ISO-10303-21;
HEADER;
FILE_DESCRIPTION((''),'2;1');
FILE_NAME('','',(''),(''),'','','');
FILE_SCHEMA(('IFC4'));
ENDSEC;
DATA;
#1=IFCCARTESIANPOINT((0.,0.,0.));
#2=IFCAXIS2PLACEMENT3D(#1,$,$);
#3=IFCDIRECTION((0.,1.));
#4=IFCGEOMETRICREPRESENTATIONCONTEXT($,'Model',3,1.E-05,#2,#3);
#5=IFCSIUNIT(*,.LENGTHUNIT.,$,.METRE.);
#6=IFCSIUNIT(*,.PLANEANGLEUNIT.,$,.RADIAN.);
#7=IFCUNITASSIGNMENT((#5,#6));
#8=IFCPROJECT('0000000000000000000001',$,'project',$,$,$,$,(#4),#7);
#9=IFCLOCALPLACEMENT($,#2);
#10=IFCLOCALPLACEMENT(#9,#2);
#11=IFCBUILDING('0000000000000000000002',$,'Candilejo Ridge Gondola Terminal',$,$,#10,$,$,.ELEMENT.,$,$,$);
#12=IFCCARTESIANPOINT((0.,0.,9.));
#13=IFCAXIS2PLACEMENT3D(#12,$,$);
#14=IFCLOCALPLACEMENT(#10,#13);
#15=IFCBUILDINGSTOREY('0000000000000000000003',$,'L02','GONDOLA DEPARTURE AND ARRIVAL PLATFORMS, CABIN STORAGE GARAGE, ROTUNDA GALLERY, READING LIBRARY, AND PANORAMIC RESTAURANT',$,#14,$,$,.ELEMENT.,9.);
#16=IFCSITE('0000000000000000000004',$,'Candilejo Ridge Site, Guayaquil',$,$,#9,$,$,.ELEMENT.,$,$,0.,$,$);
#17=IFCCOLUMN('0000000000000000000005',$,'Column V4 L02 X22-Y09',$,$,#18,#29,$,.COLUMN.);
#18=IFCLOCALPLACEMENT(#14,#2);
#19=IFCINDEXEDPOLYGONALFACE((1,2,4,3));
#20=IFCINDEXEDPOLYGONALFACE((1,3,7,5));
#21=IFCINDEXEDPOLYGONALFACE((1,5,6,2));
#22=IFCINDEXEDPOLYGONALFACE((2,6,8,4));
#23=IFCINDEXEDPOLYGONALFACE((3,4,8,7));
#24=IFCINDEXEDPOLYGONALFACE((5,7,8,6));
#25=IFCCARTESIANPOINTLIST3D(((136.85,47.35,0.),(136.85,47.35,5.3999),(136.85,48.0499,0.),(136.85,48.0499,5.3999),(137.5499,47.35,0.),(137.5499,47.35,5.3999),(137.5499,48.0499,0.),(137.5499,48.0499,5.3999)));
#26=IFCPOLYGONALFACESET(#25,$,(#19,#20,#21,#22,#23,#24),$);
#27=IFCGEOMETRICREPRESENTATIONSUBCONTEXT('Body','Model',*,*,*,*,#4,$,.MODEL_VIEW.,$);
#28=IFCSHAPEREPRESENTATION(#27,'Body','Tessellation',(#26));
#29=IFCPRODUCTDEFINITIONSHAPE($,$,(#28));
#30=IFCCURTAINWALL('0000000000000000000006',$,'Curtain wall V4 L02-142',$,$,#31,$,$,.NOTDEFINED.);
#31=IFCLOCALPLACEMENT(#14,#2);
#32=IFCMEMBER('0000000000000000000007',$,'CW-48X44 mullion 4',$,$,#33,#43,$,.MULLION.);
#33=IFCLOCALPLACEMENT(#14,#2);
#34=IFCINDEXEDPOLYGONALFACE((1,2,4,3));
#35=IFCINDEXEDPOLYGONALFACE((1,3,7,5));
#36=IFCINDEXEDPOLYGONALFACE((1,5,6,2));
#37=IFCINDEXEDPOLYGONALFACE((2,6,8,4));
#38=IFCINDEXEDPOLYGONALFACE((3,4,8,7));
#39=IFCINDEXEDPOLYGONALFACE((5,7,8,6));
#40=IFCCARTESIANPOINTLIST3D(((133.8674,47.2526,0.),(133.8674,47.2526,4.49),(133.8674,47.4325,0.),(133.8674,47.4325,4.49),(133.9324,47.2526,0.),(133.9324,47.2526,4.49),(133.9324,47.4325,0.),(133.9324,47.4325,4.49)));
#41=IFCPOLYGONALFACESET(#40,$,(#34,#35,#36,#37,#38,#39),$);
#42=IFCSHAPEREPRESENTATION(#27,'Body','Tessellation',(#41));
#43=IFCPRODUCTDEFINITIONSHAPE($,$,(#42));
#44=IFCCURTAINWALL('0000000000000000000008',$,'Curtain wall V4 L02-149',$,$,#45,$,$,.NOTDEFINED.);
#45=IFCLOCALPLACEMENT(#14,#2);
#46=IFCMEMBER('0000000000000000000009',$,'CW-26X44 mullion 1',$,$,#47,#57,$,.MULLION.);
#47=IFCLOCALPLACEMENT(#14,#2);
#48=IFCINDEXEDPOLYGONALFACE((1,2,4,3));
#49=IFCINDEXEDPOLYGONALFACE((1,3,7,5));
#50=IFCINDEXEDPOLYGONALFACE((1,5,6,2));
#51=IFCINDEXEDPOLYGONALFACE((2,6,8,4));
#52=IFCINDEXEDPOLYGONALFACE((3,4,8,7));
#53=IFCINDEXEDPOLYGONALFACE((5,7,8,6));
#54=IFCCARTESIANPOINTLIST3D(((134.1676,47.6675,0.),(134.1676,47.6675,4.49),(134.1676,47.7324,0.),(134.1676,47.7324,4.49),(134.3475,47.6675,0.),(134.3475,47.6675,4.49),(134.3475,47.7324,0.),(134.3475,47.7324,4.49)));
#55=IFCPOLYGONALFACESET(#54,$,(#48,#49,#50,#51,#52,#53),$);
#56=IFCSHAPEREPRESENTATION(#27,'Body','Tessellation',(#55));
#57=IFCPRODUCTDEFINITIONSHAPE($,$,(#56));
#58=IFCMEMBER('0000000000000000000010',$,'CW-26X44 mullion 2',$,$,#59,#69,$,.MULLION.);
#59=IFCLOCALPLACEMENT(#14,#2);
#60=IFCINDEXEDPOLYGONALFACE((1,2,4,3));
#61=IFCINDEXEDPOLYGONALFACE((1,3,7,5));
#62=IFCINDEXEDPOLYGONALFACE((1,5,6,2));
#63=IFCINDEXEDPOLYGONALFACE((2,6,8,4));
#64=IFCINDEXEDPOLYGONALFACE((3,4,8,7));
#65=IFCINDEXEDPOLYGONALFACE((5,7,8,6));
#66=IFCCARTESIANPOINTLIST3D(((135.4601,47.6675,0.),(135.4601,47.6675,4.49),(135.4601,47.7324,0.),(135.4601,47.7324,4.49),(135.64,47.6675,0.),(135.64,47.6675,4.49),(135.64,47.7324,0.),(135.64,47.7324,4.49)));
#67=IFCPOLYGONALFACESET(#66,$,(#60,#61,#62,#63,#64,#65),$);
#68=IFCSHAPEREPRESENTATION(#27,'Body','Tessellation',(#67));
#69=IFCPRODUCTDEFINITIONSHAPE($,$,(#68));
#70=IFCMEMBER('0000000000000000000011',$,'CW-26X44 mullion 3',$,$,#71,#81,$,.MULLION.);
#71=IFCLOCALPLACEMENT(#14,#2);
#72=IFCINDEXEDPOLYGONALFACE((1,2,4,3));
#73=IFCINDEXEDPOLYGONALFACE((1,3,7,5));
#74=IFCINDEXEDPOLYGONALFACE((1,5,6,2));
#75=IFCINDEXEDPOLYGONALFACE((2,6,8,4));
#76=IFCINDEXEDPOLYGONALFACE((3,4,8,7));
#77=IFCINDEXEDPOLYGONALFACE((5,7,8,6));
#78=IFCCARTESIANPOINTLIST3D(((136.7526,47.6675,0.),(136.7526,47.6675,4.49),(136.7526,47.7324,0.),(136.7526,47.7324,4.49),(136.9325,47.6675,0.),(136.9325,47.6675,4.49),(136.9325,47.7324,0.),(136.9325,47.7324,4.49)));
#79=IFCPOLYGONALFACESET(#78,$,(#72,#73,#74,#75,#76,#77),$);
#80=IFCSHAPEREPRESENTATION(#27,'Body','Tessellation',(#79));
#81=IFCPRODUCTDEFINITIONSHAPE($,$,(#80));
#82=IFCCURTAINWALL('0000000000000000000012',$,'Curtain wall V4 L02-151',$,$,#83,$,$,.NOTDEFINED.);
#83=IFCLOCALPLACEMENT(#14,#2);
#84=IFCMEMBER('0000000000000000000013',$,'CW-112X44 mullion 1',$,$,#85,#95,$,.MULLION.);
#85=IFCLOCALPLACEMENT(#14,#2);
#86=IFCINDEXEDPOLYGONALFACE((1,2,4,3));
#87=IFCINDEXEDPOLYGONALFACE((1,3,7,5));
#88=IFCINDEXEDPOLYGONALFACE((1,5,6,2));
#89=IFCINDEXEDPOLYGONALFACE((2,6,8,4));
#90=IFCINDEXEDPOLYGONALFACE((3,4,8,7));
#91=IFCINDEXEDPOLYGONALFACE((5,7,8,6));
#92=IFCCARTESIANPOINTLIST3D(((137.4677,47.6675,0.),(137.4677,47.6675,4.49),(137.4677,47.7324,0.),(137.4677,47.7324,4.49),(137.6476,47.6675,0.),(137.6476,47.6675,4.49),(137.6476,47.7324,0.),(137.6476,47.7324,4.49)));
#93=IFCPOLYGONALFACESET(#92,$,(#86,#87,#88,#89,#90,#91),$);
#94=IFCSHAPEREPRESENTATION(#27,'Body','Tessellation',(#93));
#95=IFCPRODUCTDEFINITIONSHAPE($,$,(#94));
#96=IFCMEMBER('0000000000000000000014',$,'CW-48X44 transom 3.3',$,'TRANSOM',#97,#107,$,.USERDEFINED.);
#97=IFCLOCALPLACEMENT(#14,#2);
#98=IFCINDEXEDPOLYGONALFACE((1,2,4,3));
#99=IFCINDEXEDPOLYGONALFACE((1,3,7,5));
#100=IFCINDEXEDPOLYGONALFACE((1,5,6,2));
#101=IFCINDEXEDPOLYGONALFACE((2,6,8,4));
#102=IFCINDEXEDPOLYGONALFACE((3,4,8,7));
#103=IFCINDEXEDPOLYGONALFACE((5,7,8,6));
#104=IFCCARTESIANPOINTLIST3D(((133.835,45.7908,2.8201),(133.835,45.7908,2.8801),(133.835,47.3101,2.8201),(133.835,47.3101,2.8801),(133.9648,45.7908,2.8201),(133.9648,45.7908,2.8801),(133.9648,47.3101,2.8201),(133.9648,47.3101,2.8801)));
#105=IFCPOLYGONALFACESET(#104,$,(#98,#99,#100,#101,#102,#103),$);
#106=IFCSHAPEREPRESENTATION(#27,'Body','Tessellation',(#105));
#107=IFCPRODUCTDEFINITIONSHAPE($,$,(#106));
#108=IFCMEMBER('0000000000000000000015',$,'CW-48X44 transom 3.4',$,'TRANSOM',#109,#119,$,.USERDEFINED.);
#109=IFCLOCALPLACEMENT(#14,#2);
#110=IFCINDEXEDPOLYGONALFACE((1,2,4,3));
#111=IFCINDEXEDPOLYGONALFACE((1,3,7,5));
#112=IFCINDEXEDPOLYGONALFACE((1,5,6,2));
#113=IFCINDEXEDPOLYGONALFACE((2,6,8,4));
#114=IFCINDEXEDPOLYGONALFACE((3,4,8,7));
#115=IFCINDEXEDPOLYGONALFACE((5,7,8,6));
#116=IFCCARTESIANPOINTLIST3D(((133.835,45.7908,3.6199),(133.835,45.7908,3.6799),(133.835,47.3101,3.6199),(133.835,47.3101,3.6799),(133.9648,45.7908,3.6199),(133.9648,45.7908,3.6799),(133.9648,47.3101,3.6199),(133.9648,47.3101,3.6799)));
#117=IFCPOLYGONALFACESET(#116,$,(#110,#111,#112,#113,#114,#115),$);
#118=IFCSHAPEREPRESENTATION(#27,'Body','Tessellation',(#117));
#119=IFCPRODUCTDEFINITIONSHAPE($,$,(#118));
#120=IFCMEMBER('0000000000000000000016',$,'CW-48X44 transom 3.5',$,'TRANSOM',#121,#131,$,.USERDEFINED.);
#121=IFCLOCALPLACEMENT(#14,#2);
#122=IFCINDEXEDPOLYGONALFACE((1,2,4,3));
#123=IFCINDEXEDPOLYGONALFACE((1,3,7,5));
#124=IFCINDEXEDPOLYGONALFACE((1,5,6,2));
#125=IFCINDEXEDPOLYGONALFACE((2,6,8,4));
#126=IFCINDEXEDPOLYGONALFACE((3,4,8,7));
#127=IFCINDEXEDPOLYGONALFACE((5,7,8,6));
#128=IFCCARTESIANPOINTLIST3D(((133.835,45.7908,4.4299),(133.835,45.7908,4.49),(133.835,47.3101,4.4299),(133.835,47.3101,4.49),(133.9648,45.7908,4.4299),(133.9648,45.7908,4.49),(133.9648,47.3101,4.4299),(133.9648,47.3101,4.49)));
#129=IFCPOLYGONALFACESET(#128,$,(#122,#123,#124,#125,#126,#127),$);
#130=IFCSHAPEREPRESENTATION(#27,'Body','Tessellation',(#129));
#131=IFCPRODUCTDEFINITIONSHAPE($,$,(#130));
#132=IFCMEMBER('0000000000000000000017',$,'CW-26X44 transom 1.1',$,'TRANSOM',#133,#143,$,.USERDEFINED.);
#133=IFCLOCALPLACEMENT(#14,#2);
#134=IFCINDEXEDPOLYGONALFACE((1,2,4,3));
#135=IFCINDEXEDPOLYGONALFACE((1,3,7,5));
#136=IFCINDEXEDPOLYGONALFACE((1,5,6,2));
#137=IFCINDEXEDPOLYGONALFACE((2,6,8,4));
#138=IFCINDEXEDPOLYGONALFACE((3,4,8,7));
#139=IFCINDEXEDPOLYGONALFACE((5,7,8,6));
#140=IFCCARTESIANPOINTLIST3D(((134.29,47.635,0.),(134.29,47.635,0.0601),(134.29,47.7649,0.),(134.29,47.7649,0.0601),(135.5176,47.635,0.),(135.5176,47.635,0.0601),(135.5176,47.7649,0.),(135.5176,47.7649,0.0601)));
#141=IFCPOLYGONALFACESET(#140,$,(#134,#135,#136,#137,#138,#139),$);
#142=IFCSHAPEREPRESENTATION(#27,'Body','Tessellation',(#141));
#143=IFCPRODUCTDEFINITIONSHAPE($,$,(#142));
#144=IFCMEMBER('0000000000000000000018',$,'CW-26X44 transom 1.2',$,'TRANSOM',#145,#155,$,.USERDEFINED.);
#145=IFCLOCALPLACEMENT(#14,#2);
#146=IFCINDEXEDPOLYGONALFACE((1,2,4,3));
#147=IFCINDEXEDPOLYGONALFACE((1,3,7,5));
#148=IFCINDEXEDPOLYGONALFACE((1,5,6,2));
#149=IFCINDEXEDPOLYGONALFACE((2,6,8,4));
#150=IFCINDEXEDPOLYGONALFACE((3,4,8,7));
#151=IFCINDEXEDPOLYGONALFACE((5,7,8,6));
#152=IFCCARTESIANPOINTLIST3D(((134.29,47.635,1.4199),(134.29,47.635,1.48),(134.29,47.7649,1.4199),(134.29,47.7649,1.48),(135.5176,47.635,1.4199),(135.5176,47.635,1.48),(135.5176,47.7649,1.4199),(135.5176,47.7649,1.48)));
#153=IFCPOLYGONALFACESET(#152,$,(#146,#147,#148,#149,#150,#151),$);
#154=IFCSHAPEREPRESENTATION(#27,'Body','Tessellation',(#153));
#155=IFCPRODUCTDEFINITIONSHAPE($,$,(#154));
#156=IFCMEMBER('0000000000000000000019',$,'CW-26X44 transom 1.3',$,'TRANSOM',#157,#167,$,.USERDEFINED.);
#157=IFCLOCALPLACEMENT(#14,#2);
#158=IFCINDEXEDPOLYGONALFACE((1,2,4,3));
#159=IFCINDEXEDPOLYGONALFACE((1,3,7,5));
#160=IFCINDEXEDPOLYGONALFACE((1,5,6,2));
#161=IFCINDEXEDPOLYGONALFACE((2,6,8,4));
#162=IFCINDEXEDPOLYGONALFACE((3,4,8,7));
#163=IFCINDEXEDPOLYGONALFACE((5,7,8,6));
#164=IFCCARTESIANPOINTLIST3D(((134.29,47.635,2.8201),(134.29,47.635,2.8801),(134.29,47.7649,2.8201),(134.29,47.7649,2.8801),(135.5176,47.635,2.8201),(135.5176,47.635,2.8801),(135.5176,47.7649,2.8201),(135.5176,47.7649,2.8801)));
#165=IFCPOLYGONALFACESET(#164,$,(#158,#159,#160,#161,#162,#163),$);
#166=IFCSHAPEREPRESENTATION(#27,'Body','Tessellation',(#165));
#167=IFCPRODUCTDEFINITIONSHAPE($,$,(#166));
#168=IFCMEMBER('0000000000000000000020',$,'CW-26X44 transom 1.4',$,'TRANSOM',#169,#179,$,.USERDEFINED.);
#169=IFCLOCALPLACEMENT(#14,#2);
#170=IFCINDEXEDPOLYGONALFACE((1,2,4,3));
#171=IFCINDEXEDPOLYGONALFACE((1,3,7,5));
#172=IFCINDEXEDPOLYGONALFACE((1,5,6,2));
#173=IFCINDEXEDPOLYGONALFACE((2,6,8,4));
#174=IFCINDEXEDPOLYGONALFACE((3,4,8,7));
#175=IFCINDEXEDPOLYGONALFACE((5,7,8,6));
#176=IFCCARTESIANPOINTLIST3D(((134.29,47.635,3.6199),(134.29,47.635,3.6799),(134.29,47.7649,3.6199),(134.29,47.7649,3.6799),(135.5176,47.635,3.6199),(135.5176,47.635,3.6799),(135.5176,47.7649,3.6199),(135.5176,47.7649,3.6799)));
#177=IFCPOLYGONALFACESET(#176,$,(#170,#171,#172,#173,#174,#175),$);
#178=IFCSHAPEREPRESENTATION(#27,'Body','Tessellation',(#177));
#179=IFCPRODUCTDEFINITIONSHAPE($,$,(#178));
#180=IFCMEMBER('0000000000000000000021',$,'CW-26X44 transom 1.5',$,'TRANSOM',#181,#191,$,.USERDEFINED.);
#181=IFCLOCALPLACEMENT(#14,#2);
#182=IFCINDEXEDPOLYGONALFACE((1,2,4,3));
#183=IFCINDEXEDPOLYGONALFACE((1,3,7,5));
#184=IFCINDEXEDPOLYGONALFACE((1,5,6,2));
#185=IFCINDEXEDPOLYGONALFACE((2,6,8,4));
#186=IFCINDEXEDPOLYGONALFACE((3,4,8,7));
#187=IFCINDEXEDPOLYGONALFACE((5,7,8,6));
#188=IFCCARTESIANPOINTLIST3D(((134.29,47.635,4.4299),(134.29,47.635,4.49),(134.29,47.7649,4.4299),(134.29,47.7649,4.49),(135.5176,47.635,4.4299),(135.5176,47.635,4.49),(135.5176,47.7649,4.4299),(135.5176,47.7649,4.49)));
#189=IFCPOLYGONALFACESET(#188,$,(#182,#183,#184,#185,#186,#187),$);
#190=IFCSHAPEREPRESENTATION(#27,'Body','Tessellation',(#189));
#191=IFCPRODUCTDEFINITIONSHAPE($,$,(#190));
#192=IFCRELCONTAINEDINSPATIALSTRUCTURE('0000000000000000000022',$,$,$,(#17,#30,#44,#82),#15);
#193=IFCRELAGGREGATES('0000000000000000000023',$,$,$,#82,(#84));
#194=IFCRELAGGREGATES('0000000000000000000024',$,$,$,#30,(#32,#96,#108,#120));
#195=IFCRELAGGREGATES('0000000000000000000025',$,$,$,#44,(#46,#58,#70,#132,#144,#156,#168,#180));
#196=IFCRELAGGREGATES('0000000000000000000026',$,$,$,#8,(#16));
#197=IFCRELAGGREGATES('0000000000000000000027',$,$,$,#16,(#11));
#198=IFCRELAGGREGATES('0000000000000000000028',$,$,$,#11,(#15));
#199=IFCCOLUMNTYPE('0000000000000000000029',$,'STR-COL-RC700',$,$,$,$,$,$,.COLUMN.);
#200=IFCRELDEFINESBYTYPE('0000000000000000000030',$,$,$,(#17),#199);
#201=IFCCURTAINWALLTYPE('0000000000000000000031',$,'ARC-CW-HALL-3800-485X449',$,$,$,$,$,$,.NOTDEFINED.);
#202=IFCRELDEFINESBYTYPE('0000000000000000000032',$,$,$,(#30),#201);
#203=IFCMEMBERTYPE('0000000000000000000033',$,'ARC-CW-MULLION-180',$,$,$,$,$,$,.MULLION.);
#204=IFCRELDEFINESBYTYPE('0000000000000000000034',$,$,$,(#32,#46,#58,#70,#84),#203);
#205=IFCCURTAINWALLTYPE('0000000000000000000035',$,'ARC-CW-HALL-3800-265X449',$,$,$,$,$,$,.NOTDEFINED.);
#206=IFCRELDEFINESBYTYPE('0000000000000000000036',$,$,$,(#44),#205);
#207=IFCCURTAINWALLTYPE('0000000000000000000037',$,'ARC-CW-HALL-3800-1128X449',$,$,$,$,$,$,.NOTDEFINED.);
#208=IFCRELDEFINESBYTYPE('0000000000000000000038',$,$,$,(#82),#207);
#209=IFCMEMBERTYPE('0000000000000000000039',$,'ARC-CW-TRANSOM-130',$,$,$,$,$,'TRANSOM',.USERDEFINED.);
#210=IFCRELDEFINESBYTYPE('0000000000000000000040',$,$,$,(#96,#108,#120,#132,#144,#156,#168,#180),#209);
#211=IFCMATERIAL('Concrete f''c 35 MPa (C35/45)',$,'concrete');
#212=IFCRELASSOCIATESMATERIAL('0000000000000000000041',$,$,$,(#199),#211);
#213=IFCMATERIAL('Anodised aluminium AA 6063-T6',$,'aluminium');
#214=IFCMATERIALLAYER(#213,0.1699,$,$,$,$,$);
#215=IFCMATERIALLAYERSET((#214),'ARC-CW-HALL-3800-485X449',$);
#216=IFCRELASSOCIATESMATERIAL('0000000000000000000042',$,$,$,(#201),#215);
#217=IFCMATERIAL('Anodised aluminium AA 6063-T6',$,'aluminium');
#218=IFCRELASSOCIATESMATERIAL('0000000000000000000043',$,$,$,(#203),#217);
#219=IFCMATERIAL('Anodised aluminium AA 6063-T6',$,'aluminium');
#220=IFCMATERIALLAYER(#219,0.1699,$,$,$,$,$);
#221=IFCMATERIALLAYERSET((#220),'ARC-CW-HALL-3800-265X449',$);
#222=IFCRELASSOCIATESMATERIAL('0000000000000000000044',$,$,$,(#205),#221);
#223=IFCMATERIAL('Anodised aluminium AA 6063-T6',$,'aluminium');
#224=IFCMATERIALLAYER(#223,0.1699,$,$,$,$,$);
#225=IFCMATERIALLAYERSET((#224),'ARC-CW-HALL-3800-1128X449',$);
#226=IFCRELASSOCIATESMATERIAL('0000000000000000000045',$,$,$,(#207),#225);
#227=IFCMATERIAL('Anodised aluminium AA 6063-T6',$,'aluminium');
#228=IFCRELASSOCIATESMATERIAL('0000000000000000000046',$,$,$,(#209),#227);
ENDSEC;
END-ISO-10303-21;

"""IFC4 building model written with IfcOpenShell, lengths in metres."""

from ifc_helpers import new_model, si_unit, direction, frame, origin, origin_2d, place, context, subcontext, project, spatial, rectangle, extrude, material, layer, layer_set, material_profile, profile_set, type_object, element, aggregate, save


model = new_model("IFC4")

# Units and contexts
model_context = context("Model", 3, precision=1e-05, world=origin(), true_north=direction((0.0, 1.0)))
body_context = subcontext(model_context, "Body", "Model", "MODEL_VIEW")
ifc_project = project(units=[si_unit("LENGTHUNIT", "METRE"), si_unit("PLANEANGLEUNIT", "RADIAN")], contexts=[model_context])

# Site, building, storey
site_placement = place(None, origin())
site = spatial("IfcSite", under=ifc_project, at=site_placement, Name="Candilejo Ridge Site, Guayaquil", CompositionType="ELEMENT", RefElevation=0.0)
building_placement = place(site_placement, origin())
building = spatial("IfcBuilding", under=site, at=building_placement, Name="Candilejo Ridge Gondola Terminal", CompositionType="ELEMENT")
storey_placement = place(building_placement, frame((0.0, 0.0, 9.0)))
storey = spatial("IfcBuildingStorey", under=building, at=storey_placement, Name="L02", Description="GONDOLA DEPARTURE AND ARRIVAL PLATFORMS, CABIN STORAGE GARAGE, ROTUNDA GALLERY, READING LIBRARY, AND PANORAMIC RESTAURANT", CompositionType="ELEMENT", Elevation=9.0)

# Column
ifc_material_1 = material(Name="Concrete f'c 35 MPa (C35/45)", Category="concrete")
ifc_material_profile_1 = material_profile(ifc_material_1, rectangle(XDim=0.7, YDim=0.7, at=origin_2d()))
ifc_profile_set_1 = profile_set([ifc_material_profile_1], Name="Concrete f'c 35 MPa (C35/45)")
column_type = type_object("IfcColumnType", Name="STR-COL-RC700", PredefinedType="COLUMN", material=ifc_profile_set_1)
column_placement = place(storey_placement, frame((137.2, 47.7, 0.0), z_axis=(0.0, 0.0, 1.0), x_axis=(1.0, 0.0, 0.0)))
element("IfcColumn", 1, at=column_placement, inside=storey, type_object=column_type, Name="Column V4 L02 X22-Y09", PredefinedType="COLUMN", context=body_context, shape_type="SweptSolid", body=[
    extrude(rectangle(XDim=0.7, YDim=0.7, at=origin_2d()), origin(), (0.0, 0.0, 1.0), 5.3999),
])

# Curtain wall, member
ifc_material_2 = material(Name="Anodised aluminium AA 6063-T6", Category="aluminium")
ifc_layer_1 = layer(ifc_material_2, 0.1699)
ifc_layer_set_1 = layer_set([ifc_layer_1], Name="ARC-CW-HALL-3800-485X449")
curtain_wall_type_1 = type_object("IfcCurtainWallType", Name="ARC-CW-HALL-3800-485X449", PredefinedType="NOTDEFINED", material=ifc_layer_set_1)
curtain_wall_1_placement = place(storey_placement, origin())
curtain_wall_1 = element("IfcCurtainWall", 2, at=curtain_wall_1_placement, inside=storey, type_object=curtain_wall_type_1, Name="Curtain wall V4 L02-142", PredefinedType="NOTDEFINED")
ifc_material_3 = material(Name="Anodised aluminium AA 6063-T6", Category="aluminium")
ifc_material_profile_2 = material_profile(ifc_material_3, rectangle(XDim=0.0649, YDim=0.1799, at=origin_2d()))
ifc_profile_set_2 = profile_set([ifc_material_profile_2], Name="Anodised aluminium AA 6063-T6")
member_type_1 = type_object("IfcMemberType", Name="ARC-CW-MULLION-180", PredefinedType="MULLION", material=ifc_profile_set_2)
member_1_placement = place(storey_placement, frame((133.8999, 47.3425, 0.0), z_axis=(0.0, 0.0, 1.0), x_axis=(-1.0, 0.0, 0.0)))
member_1 = element("IfcMember", 3, at=member_1_placement, type_object=member_type_1, Name="CW-48X44 mullion 4", PredefinedType="MULLION", context=body_context, shape_type="SweptSolid", body=[
    extrude(rectangle(XDim=0.0649, YDim=0.1799, at=origin_2d()), origin(), (0.0, 0.0, 1.0), 4.49),
])

# Curtain wall, members
ifc_material_4 = material(Name="Anodised aluminium AA 6063-T6", Category="aluminium")
ifc_layer_2 = layer(ifc_material_4, 0.1699)
ifc_layer_set_2 = layer_set([ifc_layer_2], Name="ARC-CW-HALL-3800-265X449")
curtain_wall_type_2 = type_object("IfcCurtainWallType", Name="ARC-CW-HALL-3800-265X449", PredefinedType="NOTDEFINED", material=ifc_layer_set_2)
curtain_wall_2_placement = place(storey_placement, origin())
curtain_wall_2 = element("IfcCurtainWall", 4, at=curtain_wall_2_placement, inside=storey, type_object=curtain_wall_type_2, Name="Curtain wall V4 L02-149", PredefinedType="NOTDEFINED")
member_2_placement = place(storey_placement, frame((134.2576, 47.7, 0.0), z_axis=(0.0, 0.0, 1.0), x_axis=(0.0, 1.0, 0.0)))
member_2 = element("IfcMember", 5, at=member_2_placement, type_object=member_type_1, Name="CW-26X44 mullion 1", PredefinedType="MULLION", context=body_context, shape_type="SweptSolid", body=[
    extrude(rectangle(XDim=0.0649, YDim=0.1799, at=origin_2d()), origin(), (0.0, 0.0, 1.0), 4.49),
])
member_3_placement = place(storey_placement, frame((135.55, 47.7, 0.0), z_axis=(0.0, 0.0, 1.0), x_axis=(0.0, 1.0, 0.0)))
member_3 = element("IfcMember", 6, at=member_3_placement, type_object=member_type_1, Name="CW-26X44 mullion 2", PredefinedType="MULLION", context=body_context, shape_type="SweptSolid", body=[
    extrude(rectangle(XDim=0.0649, YDim=0.1799, at=origin_2d()), origin(), (0.0, 0.0, 1.0), 4.49),
])
member_4_placement = place(storey_placement, frame((136.8425, 47.7, 0.0), z_axis=(0.0, 0.0, 1.0), x_axis=(0.0, 1.0, 0.0)))
member_4 = element("IfcMember", 7, at=member_4_placement, type_object=member_type_1, Name="CW-26X44 mullion 3", PredefinedType="MULLION", context=body_context, shape_type="SweptSolid", body=[
    extrude(rectangle(XDim=0.0649, YDim=0.1799, at=origin_2d()), origin(), (0.0, 0.0, 1.0), 4.49),
])

# Curtain wall, member
ifc_material_5 = material(Name="Anodised aluminium AA 6063-T6", Category="aluminium")
ifc_layer_3 = layer(ifc_material_5, 0.1699)
ifc_layer_set_3 = layer_set([ifc_layer_3], Name="ARC-CW-HALL-3800-1128X449")
curtain_wall_type_3 = type_object("IfcCurtainWallType", Name="ARC-CW-HALL-3800-1128X449", PredefinedType="NOTDEFINED", material=ifc_layer_set_3)
curtain_wall_3_placement = place(storey_placement, origin())
curtain_wall_3 = element("IfcCurtainWall", 8, at=curtain_wall_3_placement, inside=storey, type_object=curtain_wall_type_3, Name="Curtain wall V4 L02-151", PredefinedType="NOTDEFINED")
member_5_placement = place(storey_placement, frame((137.5576, 47.7, 0.0), z_axis=(0.0, 0.0, 1.0), x_axis=(0.0, 1.0, 0.0)))
member_5 = element("IfcMember", 9, at=member_5_placement, type_object=member_type_1, Name="CW-112X44 mullion 1", PredefinedType="MULLION", context=body_context, shape_type="SweptSolid", body=[
    extrude(rectangle(XDim=0.0649, YDim=0.1799, at=origin_2d()), origin(), (0.0, 0.0, 1.0), 4.49),
])

# Members
ifc_material_6 = material(Name="Anodised aluminium AA 6063-T6", Category="aluminium")
ifc_material_profile_3 = material_profile(ifc_material_6, rectangle(XDim=0.1299, YDim=0.0601, at=origin_2d()))
ifc_profile_set_3 = profile_set([ifc_material_profile_3], Name="Anodised aluminium AA 6063-T6")
member_type_2 = type_object("IfcMemberType", Name="ARC-CW-TRANSOM-130", ElementType="TRANSOM", PredefinedType="USERDEFINED", material=ifc_profile_set_3)
member_6_placement = place(storey_placement, frame((133.8999, 45.7908, 2.8501), z_axis=(0.0, 1.0, 0.0), x_axis=(-1.0, 0.0, 0.0)))
member_6 = element("IfcMember", 10, at=member_6_placement, type_object=member_type_2, Name="CW-48X44 transom 3.3", ObjectType="TRANSOM", PredefinedType="USERDEFINED", context=body_context, shape_type="SweptSolid", body=[
    extrude(rectangle(XDim=0.1299, YDim=0.0601, at=origin_2d()), origin(), (0.0, 0.0, 1.0), 1.5193),
])
member_7_placement = place(storey_placement, frame((133.8999, 45.7908, 3.6499), z_axis=(0.0, 1.0, 0.0), x_axis=(-1.0, 0.0, 0.0)))
member_7 = element("IfcMember", 11, at=member_7_placement, type_object=member_type_2, Name="CW-48X44 transom 3.4", ObjectType="TRANSOM", PredefinedType="USERDEFINED", context=body_context, shape_type="SweptSolid", body=[
    extrude(rectangle(XDim=0.1299, YDim=0.0601, at=origin_2d()), origin(), (0.0, 0.0, 1.0), 1.5193),
])
member_8_placement = place(storey_placement, frame((133.8999, 45.7908, 4.46), z_axis=(0.0, 1.0, 0.0), x_axis=(-1.0, 0.0, 0.0)))
member_8 = element("IfcMember", 12, at=member_8_placement, type_object=member_type_2, Name="CW-48X44 transom 3.5", ObjectType="TRANSOM", PredefinedType="USERDEFINED", context=body_context, shape_type="SweptSolid", body=[
    extrude(rectangle(XDim=0.1299, YDim=0.0601, at=origin_2d()), origin(), (0.0, 0.0, 1.0), 1.5193),
])
member_9_placement = place(storey_placement, frame((134.29, 47.7, 0.03), z_axis=(1.0, 0.0, 0.0), x_axis=(0.0, 1.0, 0.0)))
member_9 = element("IfcMember", 13, at=member_9_placement, type_object=member_type_2, Name="CW-26X44 transom 1.1", ObjectType="TRANSOM", PredefinedType="USERDEFINED", context=body_context, shape_type="SweptSolid", body=[
    extrude(rectangle(XDim=0.1299, YDim=0.0601, at=origin_2d()), origin(), (0.0, 0.0, 1.0), 1.2275),
])
member_10_placement = place(storey_placement, frame((134.29, 47.7, 1.45), z_axis=(1.0, 0.0, 0.0), x_axis=(0.0, 1.0, 0.0)))
member_10 = element("IfcMember", 14, at=member_10_placement, type_object=member_type_2, Name="CW-26X44 transom 1.2", ObjectType="TRANSOM", PredefinedType="USERDEFINED", context=body_context, shape_type="SweptSolid", body=[
    extrude(rectangle(XDim=0.1299, YDim=0.0601, at=origin_2d()), origin(), (0.0, 0.0, 1.0), 1.2275),
])
member_11_placement = place(storey_placement, frame((134.29, 47.7, 2.8501), z_axis=(1.0, 0.0, 0.0), x_axis=(0.0, 1.0, 0.0)))
member_11 = element("IfcMember", 15, at=member_11_placement, type_object=member_type_2, Name="CW-26X44 transom 1.3", ObjectType="TRANSOM", PredefinedType="USERDEFINED", context=body_context, shape_type="SweptSolid", body=[
    extrude(rectangle(XDim=0.1299, YDim=0.0601, at=origin_2d()), origin(), (0.0, 0.0, 1.0), 1.2275),
])
member_12_placement = place(storey_placement, frame((134.29, 47.7, 3.6499), z_axis=(1.0, 0.0, 0.0), x_axis=(0.0, 1.0, 0.0)))
member_12 = element("IfcMember", 16, at=member_12_placement, type_object=member_type_2, Name="CW-26X44 transom 1.4", ObjectType="TRANSOM", PredefinedType="USERDEFINED", context=body_context, shape_type="SweptSolid", body=[
    extrude(rectangle(XDim=0.1299, YDim=0.0601, at=origin_2d()), origin(), (0.0, 0.0, 1.0), 1.2275),
])
member_13_placement = place(storey_placement, frame((134.29, 47.7, 4.46), z_axis=(1.0, 0.0, 0.0), x_axis=(0.0, 1.0, 0.0)))
member_13 = element("IfcMember", 17, at=member_13_placement, type_object=member_type_2, Name="CW-26X44 transom 1.5", ObjectType="TRANSOM", PredefinedType="USERDEFINED", context=body_context, shape_type="SweptSolid", body=[
    extrude(rectangle(XDim=0.1299, YDim=0.0601, at=origin_2d()), origin(), (0.0, 0.0, 1.0), 1.2275),
])
aggregate(curtain_wall_3, [member_5])

aggregate(curtain_wall_1, [member_1, member_6, member_7, member_8])
aggregate(curtain_wall_2, [member_2, member_3, member_4, member_9, member_10, member_11, member_12, member_13])

save(model, "model.ifc")
